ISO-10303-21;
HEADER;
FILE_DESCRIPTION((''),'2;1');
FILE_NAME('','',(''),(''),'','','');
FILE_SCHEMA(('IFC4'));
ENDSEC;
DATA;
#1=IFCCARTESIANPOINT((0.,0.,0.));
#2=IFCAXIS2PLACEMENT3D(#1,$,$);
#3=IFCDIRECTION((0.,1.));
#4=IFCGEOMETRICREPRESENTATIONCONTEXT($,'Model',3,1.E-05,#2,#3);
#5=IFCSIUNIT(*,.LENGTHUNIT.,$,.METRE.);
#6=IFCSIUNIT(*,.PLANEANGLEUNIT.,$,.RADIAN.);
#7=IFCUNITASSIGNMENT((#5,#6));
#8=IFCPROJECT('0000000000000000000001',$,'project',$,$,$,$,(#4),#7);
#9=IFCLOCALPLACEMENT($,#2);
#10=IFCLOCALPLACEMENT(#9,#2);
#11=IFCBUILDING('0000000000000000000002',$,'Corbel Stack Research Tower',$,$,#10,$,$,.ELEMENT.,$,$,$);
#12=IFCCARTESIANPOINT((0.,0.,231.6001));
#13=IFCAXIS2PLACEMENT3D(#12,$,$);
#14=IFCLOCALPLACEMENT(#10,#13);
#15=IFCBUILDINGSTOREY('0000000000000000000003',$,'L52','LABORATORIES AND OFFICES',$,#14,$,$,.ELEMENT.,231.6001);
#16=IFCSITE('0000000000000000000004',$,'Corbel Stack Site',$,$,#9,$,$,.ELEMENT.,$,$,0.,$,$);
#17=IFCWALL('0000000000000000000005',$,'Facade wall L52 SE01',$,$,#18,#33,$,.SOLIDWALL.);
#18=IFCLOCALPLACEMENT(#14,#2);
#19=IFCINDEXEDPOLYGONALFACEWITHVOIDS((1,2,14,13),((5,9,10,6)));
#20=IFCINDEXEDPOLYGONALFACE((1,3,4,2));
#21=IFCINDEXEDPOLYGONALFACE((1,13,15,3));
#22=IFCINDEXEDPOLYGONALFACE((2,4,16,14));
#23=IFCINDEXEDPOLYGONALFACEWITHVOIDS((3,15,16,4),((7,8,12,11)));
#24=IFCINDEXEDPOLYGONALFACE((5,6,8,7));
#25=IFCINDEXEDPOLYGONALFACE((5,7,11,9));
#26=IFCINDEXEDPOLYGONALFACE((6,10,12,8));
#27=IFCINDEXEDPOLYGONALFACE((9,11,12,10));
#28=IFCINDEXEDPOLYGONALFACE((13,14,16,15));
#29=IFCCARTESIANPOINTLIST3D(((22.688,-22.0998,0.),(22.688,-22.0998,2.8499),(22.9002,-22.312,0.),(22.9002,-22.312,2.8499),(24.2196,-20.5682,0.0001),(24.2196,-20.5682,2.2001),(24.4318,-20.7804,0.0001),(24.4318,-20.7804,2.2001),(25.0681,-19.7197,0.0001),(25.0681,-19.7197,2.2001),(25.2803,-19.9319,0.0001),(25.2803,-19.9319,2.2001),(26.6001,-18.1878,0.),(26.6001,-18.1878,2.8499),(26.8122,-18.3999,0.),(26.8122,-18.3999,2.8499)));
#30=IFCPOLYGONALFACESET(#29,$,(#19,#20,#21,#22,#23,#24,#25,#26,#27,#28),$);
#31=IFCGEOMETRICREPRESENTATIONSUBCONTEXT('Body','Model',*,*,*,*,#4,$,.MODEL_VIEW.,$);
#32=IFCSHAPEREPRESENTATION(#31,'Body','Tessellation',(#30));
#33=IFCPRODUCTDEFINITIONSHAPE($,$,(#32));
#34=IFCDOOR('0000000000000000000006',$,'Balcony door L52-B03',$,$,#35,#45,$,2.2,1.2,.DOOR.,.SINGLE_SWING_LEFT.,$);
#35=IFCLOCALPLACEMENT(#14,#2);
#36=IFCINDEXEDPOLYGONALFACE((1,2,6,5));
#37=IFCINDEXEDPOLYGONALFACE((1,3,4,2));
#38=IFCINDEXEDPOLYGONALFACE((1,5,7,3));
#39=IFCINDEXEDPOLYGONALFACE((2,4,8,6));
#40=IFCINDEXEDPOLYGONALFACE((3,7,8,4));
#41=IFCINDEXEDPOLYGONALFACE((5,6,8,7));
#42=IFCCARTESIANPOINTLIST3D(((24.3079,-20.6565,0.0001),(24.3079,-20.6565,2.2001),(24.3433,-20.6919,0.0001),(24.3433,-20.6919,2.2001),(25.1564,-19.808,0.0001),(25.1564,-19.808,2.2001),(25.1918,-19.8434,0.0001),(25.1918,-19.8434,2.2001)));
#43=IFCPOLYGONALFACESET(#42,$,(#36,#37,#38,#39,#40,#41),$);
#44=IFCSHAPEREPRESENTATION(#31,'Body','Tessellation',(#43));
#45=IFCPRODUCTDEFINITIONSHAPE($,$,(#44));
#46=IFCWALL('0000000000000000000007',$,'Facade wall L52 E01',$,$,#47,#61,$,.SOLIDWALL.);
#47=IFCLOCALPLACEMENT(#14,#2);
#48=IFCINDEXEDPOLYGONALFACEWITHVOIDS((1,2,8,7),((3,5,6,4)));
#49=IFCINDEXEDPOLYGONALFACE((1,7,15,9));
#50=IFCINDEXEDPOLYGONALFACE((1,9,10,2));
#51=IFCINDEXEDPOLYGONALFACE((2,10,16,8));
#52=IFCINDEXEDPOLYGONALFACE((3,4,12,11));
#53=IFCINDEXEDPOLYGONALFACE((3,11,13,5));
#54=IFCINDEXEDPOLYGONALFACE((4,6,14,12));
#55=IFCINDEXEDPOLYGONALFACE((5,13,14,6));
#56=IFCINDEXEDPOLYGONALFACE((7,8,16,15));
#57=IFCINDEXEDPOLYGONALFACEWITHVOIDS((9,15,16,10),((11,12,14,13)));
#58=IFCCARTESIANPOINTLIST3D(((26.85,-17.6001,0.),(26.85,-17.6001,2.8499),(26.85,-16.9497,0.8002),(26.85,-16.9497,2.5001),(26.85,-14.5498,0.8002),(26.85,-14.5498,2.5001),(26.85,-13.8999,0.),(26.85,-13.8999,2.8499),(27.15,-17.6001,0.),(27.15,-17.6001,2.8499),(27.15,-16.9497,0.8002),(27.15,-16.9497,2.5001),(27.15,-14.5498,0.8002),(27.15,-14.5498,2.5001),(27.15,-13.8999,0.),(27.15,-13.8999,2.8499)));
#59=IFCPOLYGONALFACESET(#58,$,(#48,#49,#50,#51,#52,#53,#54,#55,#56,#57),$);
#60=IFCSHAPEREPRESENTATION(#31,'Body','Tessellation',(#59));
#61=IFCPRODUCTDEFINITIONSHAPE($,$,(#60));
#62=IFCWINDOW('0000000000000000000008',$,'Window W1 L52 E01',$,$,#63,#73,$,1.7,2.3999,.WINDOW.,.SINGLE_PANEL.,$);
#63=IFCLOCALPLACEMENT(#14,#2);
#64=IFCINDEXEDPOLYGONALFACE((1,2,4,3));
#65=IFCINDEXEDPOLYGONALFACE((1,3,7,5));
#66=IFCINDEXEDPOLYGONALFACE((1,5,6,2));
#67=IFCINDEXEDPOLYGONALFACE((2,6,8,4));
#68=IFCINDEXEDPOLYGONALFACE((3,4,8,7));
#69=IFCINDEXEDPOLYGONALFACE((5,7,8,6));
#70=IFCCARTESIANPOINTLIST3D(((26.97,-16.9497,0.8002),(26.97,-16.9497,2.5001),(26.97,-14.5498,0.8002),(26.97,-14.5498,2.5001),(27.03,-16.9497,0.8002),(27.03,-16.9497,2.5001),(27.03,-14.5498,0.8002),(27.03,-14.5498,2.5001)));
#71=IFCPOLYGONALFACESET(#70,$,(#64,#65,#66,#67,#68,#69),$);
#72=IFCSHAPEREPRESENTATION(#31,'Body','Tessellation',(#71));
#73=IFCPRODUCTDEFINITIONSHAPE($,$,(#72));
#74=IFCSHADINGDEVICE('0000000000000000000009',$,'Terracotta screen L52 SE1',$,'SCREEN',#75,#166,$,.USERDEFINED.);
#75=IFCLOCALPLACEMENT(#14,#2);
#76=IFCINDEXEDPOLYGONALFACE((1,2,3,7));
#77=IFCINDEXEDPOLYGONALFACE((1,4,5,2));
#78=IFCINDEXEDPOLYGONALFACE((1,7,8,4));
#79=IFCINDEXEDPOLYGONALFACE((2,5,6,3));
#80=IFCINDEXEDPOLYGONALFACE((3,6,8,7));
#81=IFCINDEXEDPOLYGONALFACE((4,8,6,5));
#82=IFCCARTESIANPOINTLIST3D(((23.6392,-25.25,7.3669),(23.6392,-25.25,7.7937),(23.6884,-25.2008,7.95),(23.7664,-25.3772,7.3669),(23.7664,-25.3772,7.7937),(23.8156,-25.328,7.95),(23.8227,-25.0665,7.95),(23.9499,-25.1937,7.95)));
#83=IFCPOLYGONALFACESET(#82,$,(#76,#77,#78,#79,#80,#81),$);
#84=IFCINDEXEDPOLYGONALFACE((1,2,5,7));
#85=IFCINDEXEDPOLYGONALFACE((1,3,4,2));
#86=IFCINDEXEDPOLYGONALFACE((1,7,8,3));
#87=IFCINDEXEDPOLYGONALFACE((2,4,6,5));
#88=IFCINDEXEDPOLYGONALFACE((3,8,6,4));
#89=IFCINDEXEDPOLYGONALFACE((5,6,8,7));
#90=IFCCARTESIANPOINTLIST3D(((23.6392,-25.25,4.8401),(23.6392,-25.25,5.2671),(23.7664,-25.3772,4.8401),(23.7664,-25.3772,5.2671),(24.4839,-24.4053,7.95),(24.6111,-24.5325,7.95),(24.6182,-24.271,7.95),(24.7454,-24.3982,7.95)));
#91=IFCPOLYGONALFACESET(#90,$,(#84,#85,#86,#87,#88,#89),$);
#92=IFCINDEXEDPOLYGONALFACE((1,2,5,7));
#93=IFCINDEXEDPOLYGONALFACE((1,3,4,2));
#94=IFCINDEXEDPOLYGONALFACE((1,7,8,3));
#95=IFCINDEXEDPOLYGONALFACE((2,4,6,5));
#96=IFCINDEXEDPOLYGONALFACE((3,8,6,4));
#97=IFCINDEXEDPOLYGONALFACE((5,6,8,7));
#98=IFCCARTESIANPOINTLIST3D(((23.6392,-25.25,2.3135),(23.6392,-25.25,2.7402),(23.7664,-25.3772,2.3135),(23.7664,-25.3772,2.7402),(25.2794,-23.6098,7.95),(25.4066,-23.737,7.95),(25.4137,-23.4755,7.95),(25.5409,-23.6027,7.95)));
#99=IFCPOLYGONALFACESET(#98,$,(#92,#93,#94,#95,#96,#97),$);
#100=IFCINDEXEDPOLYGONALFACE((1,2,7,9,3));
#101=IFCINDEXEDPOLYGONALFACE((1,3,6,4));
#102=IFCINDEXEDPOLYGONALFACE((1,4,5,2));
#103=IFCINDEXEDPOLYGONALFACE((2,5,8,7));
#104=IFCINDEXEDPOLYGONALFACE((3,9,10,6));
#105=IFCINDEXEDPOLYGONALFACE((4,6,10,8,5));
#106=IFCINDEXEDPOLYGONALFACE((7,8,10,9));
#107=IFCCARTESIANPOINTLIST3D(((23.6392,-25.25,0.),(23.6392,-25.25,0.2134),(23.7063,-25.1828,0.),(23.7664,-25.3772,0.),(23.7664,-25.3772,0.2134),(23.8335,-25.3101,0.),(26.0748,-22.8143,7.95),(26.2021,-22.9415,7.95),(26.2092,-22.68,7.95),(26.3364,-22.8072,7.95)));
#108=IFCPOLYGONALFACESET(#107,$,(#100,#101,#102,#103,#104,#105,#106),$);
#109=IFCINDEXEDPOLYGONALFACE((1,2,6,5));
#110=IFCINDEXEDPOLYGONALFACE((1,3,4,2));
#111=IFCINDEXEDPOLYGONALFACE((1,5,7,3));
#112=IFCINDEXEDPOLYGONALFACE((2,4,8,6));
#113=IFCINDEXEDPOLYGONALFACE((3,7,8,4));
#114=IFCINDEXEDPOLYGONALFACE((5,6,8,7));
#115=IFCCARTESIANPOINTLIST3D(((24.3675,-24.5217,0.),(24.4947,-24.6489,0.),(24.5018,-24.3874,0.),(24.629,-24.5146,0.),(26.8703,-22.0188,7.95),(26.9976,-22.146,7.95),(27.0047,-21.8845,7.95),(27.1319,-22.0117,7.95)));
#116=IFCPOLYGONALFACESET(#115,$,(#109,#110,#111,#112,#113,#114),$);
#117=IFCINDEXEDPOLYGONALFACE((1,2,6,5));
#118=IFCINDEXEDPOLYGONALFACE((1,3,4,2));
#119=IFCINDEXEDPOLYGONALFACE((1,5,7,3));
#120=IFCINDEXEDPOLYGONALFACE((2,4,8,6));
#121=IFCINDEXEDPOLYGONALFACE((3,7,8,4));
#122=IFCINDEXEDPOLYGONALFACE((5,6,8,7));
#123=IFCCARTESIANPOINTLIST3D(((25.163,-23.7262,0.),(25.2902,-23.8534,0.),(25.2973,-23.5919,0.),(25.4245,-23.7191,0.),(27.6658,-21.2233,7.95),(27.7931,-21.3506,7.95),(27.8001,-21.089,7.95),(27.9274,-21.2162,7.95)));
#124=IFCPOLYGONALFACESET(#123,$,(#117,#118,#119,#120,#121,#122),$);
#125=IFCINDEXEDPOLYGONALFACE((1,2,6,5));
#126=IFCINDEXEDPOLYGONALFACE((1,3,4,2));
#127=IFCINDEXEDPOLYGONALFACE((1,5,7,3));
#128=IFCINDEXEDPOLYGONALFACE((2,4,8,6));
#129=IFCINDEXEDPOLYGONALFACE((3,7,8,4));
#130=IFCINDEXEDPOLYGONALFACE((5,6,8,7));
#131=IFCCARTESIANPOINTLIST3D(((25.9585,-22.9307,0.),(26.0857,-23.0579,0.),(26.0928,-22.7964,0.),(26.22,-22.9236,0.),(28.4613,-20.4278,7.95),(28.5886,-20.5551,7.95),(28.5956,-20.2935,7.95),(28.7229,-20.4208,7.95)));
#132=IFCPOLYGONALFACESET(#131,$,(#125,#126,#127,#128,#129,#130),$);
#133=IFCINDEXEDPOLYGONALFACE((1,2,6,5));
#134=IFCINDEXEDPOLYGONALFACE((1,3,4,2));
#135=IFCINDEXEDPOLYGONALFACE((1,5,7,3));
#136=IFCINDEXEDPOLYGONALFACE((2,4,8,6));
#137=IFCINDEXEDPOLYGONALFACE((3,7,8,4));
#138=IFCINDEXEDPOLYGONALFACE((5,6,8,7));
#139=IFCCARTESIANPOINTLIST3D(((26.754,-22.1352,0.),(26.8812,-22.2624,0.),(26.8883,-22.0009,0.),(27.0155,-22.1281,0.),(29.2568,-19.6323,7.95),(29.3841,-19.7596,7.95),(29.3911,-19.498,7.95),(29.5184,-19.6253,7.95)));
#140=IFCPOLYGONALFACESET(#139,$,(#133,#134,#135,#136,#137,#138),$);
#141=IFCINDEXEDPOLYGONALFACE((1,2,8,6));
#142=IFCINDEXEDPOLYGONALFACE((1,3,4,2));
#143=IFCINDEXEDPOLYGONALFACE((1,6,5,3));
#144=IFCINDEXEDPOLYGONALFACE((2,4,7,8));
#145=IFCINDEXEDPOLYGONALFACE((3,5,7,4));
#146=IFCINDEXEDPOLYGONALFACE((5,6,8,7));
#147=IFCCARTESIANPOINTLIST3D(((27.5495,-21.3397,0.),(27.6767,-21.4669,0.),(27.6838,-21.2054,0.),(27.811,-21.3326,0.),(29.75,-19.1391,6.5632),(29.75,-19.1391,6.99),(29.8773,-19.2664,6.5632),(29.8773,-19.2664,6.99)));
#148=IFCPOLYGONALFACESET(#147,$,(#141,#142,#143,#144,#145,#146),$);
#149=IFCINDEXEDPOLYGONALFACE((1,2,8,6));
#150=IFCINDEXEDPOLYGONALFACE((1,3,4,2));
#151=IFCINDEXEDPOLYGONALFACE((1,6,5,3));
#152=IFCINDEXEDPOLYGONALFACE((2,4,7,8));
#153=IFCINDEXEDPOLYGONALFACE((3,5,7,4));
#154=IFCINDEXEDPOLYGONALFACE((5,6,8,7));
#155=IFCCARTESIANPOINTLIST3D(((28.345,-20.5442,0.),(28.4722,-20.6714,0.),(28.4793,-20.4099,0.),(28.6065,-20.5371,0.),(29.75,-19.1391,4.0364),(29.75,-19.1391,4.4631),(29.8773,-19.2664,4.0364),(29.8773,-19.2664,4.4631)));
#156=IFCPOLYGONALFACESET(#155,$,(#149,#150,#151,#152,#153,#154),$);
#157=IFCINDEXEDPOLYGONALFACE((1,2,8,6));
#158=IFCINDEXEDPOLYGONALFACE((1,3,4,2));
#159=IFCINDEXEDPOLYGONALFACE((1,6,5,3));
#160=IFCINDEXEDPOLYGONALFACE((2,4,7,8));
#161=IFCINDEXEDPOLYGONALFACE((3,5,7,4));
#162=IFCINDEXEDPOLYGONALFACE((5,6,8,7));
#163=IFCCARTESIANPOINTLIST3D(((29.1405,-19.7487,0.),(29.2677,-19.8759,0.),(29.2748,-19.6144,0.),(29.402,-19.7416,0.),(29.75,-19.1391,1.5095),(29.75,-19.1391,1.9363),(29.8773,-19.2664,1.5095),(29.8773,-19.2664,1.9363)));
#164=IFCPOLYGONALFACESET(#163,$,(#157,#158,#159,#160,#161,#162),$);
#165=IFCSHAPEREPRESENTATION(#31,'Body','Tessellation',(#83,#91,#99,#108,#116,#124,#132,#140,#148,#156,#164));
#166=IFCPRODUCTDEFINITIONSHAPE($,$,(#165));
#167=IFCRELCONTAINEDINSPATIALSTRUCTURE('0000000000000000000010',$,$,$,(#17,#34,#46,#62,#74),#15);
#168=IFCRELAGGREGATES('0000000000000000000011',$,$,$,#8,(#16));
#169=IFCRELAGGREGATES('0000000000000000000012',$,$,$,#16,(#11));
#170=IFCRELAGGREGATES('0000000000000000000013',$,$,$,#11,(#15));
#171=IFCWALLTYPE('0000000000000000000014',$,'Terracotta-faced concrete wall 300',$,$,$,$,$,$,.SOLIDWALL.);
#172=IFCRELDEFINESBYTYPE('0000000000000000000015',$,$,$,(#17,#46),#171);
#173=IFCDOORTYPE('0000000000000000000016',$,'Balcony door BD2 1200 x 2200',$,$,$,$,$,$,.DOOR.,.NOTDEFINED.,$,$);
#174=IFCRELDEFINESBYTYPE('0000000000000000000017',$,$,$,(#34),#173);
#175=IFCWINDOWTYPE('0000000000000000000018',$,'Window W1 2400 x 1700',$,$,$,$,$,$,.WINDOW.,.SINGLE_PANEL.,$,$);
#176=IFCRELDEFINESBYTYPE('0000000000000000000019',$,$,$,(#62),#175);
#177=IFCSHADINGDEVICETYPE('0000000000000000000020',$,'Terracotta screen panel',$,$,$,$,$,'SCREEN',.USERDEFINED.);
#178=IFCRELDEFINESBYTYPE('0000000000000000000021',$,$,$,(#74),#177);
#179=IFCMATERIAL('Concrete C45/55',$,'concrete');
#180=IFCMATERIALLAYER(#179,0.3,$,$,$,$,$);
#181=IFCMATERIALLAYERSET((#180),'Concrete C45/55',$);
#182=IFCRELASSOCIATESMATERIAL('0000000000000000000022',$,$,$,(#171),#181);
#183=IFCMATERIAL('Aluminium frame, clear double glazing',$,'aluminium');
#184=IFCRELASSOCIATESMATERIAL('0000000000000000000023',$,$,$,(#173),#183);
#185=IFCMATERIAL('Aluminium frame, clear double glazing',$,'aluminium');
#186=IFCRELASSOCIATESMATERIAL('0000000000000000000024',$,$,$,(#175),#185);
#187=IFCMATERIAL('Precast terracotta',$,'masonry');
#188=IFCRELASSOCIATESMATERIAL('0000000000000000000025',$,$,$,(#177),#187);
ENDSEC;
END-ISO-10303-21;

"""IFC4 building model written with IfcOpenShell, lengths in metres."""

from ifc_helpers import new_model, si_unit, direction, frame, frame_2d, origin, place, context, subcontext, project, spatial, polyline, rectangle, outline, extrude, source, transform, mapped, material, layer, layer_set, type_object, element, fill, save


model = new_model("IFC4")

# Units and contexts
model_context = context("Model", 3, precision=1e-05, world=origin(), true_north=direction((0.0, 1.0)))
body_context = subcontext(model_context, "Body", "Model", "MODEL_VIEW")
ifc_project = project(units=[si_unit("LENGTHUNIT", "METRE"), si_unit("PLANEANGLEUNIT", "RADIAN")], contexts=[model_context])

# Site, building, storey
site_placement = place(None, origin())
site = spatial("IfcSite", under=ifc_project, at=site_placement, Name="Corbel Stack Site", CompositionType="ELEMENT", RefElevation=0.0)
building_placement = place(site_placement, origin())
building = spatial("IfcBuilding", under=site, at=building_placement, Name="Corbel Stack Research Tower", CompositionType="ELEMENT")
storey_placement = place(building_placement, frame((0.0, 0.0, 231.6001)))
storey = spatial("IfcBuildingStorey", under=building, at=storey_placement, Name="L52", Description="LABORATORIES AND OFFICES", CompositionType="ELEMENT", Elevation=231.6001)

# Shared definitions
ifc_material_1 = material(Name="Concrete C45/55", Category="concrete")
ifc_layer_1 = layer(ifc_material_1, 0.3)
ifc_layer_set_1 = layer_set([ifc_layer_1], Name="Concrete C45/55")
wall_type_1 = type_object("IfcWallType", Name="Terracotta-faced concrete wall 300", PredefinedType="SOLIDWALL", material=ifc_layer_set_1)

# Wall, opening, door
wall_1_placement = place(storey_placement, frame((26.7061, -18.2939, 0.0), z_axis=(0.0, 0.0, 1.0), x_axis=(-0.707107, -0.707107, 0.0)))
wall_1 = element("IfcWall", 1, at=wall_1_placement, inside=storey, type_object=wall_type_1, Name="Facade wall L52 SE01", PredefinedType="SOLIDWALL", context=body_context, shape_type="SweptSolid", body=[
    extrude(rectangle(XDim=5.5325, YDim=0.3, at=frame_2d((2.7661, 0.0))), origin(), (0.0, 0.0, 1.0), 2.8499),
])
opening_1_placement = place(wall_1_placement, frame((2.1663, 0.0, 0.0)))
opening_1 = element("IfcOpeningElement", 2, at=opening_1_placement, cuts=wall_1, PredefinedType="OPENING", context=body_context, shape_type="SweptSolid", body=[
    extrude(rectangle(XDim=1.2, YDim=2.2, at=frame_2d((0.6001, 1.1001))), frame((0.0, 0.1599, 0.0), z_axis=(0.0, -1.0, 0.0), x_axis=(1.0, 0.0, 0.0)), (0.0, 0.0, 1.0), 0.3201),
])
ifc_material_2 = material(Name="Aluminium frame, clear double glazing", Category="aluminium")
door_type_1 = type_object("IfcDoorType", Name="Balcony door BD2 1200 x 2200", OperationType="NOTDEFINED", PredefinedType="DOOR", material=ifc_material_2)
door_1_placement = place(opening_1_placement, origin())
door_1 = element("IfcDoor", 3, at=door_1_placement, inside=storey, type_object=door_type_1, Name="Balcony door L52-B03", OperationType="SINGLE_SWING_LEFT", OverallHeight=2.2, OverallWidth=1.2, PredefinedType="DOOR", context=body_context, shape_type="SweptSolid", body=[
    extrude(rectangle(XDim=1.2, YDim=2.2, at=frame_2d((0.6001, 1.1001))), frame((0.0, 0.0249, 0.0), z_axis=(0.0, -1.0, 0.0), x_axis=(1.0, 0.0, 0.0)), (0.0, 0.0, 1.0), 0.05),
])
fill(opening_1, door_1)

# Wall, opening, window
wall_2_placement = place(storey_placement, frame((27.0, -13.8999, 0.0), z_axis=(0.0, 0.0, 1.0), x_axis=(0.0, -1.0, 0.0)))
wall_2 = element("IfcWall", 4, at=wall_2_placement, inside=storey, type_object=wall_type_1, Name="Facade wall L52 E01", PredefinedType="SOLIDWALL", context=body_context, shape_type="SweptSolid", body=[
    extrude(rectangle(XDim=3.7002, YDim=0.3, at=frame_2d((1.8501, 0.0))), origin(), (0.0, 0.0, 1.0), 2.8499),
])
opening_2_placement = place(wall_2_placement, frame((0.6499, 0.0, 0.8)))
opening_2 = element("IfcOpeningElement", 5, at=opening_2_placement, cuts=wall_2, PredefinedType="OPENING", context=body_context, shape_type="SweptSolid", body=[
    extrude(rectangle(XDim=2.3999, YDim=1.7, at=frame_2d((1.2, 0.8501))), frame((0.0, 0.1599, 0.0), z_axis=(0.0, -1.0, 0.0), x_axis=(1.0, 0.0, 0.0)), (0.0, 0.0, 1.0), 0.3201),
])
ifc_material_3 = material(Name="Aluminium frame, clear double glazing", Category="aluminium")
window_type_1 = type_object("IfcWindowType", Name="Window W1 2400 x 1700", PartitioningType="SINGLE_PANEL", PredefinedType="WINDOW", material=ifc_material_3)
window_1_placement = place(opening_2_placement, origin())
window_1 = element("IfcWindow", 6, at=window_1_placement, inside=storey, type_object=window_type_1, Name="Window W1 L52 E01", OverallHeight=1.7, OverallWidth=2.3999, PartitioningType="SINGLE_PANEL", PredefinedType="WINDOW", context=body_context, shape_type="SweptSolid", body=[
    extrude(rectangle(XDim=2.3999, YDim=1.7, at=frame_2d((1.2, 0.8501))), frame((0.0, 0.03, 0.0), z_axis=(0.0, -1.0, 0.0), x_axis=(1.0, 0.0, 0.0)), (0.0, 0.0, 1.0), 0.0601),
])
fill(opening_2, window_1)

# Shading device
ifc_material_4 = material(Name="Precast terracotta", Category="masonry")
shading_device_type = type_object("IfcShadingDeviceType", Name="Terracotta screen panel", ElementType="SCREEN", PredefinedType="USERDEFINED", material=ifc_material_4)
shared_shape_1 = source(origin(), body_context, "Body", "SweptSolid", [
    extrude(outline(polyline([(0.2595, 7.95), (0.0696, 7.95), (0.0, 7.7937), (0.0, 7.3669), (0.2595, 7.95)])), frame((0.0, 0.0, 0.0), z_axis=(0.0, -1.0, 0.0), x_axis=(1.0, 0.0, 0.0)), (0.0, 0.0, 1.0), 0.1799),
    extrude(outline(polyline([(1.3845, 7.95), (1.1946, 7.95), (0.0, 5.2671), (0.0, 4.8401), (1.3845, 7.95)])), frame((0.0, 0.0, 0.0), z_axis=(0.0, -1.0, 0.0), x_axis=(1.0, 0.0, 0.0)), (0.0, 0.0, 1.0), 0.1799),
    extrude(outline(polyline([(2.5095, 7.95), (2.3196, 7.95), (0.0, 2.7402), (0.0, 2.3135), (2.5095, 7.95)])), frame((0.0, 0.0, 0.0), z_axis=(0.0, -1.0, 0.0), x_axis=(1.0, 0.0, 0.0)), (0.0, 0.0, 1.0), 0.1799),
    extrude(outline(polyline([(0.095, 0.0), (3.6345, 7.95), (3.4446, 7.95), (0.0, 0.2134), (0.0, 0.0), (0.095, 0.0)])), frame((0.0, 0.0, 0.0), z_axis=(0.0, -1.0, 0.0), x_axis=(1.0, 0.0, 0.0)), (0.0, 0.0, 1.0), 0.1799),
    extrude(outline(polyline([(1.22, 0.0), (4.7595, 7.95), (4.5696, 7.95), (1.03, 0.0), (1.22, 0.0)])), frame((0.0, 0.0, 0.0), z_axis=(0.0, -1.0, 0.0), x_axis=(1.0, 0.0, 0.0)), (0.0, 0.0, 1.0), 0.1799),
    extrude(outline(polyline([(2.345, 0.0), (5.8845, 7.95), (5.6946, 7.95), (2.155, 0.0), (2.345, 0.0)])), frame((0.0, 0.0, 0.0), z_axis=(0.0, -1.0, 0.0), x_axis=(1.0, 0.0, 0.0)), (0.0, 0.0, 1.0), 0.1799),
    extrude(outline(polyline([(3.47, 0.0), (7.0095, 7.95), (6.8196, 7.95), (3.28, 0.0), (3.47, 0.0)])), frame((0.0, 0.0, 0.0), z_axis=(0.0, -1.0, 0.0), x_axis=(1.0, 0.0, 0.0)), (0.0, 0.0, 1.0), 0.1799),
    extrude(outline(polyline([(4.595, 0.0), (8.1345, 7.95), (7.9446, 7.95), (4.405, 0.0), (4.595, 0.0)])), frame((0.0, 0.0, 0.0), z_axis=(0.0, -1.0, 0.0), x_axis=(1.0, 0.0, 0.0)), (0.0, 0.0, 1.0), 0.1799),
    extrude(outline(polyline([(5.72, 0.0), (8.6421, 6.5632), (8.6421, 6.99), (5.53, 0.0), (5.72, 0.0)])), frame((0.0, 0.0, 0.0), z_axis=(0.0, -1.0, 0.0), x_axis=(1.0, 0.0, 0.0)), (0.0, 0.0, 1.0), 0.1799),
    extrude(outline(polyline([(6.845, 0.0), (8.6421, 4.0364), (8.6421, 4.4631), (6.655, 0.0), (6.845, 0.0)])), frame((0.0, 0.0, 0.0), z_axis=(0.0, -1.0, 0.0), x_axis=(1.0, 0.0, 0.0)), (0.0, 0.0, 1.0), 0.1799),
    extrude(outline(polyline([(7.97, 0.0), (8.6421, 1.5095), (8.6421, 1.9363), (7.78, 0.0), (7.97, 0.0)])), frame((0.0, 0.0, 0.0), z_axis=(0.0, -1.0, 0.0), x_axis=(1.0, 0.0, 0.0)), (0.0, 0.0, 1.0), 0.1799),
])
shading_device_1_placement = place(storey_placement, frame((23.6392, -25.25, 0.0), z_axis=(0.0, 0.0, 1.0), x_axis=(0.707107, 0.707107, 0.0)))
element("IfcShadingDevice", 7, at=shading_device_1_placement, inside=storey, type_object=shading_device_type, Name="Terracotta screen L52 SE1", ObjectType="SCREEN", PredefinedType="USERDEFINED", context=body_context, shape_type="MappedRepresentation", body=[
    mapped(shared_shape_1, transform((0.0, 0.0, 0.0))),
])

save(model, "model.ifc")
